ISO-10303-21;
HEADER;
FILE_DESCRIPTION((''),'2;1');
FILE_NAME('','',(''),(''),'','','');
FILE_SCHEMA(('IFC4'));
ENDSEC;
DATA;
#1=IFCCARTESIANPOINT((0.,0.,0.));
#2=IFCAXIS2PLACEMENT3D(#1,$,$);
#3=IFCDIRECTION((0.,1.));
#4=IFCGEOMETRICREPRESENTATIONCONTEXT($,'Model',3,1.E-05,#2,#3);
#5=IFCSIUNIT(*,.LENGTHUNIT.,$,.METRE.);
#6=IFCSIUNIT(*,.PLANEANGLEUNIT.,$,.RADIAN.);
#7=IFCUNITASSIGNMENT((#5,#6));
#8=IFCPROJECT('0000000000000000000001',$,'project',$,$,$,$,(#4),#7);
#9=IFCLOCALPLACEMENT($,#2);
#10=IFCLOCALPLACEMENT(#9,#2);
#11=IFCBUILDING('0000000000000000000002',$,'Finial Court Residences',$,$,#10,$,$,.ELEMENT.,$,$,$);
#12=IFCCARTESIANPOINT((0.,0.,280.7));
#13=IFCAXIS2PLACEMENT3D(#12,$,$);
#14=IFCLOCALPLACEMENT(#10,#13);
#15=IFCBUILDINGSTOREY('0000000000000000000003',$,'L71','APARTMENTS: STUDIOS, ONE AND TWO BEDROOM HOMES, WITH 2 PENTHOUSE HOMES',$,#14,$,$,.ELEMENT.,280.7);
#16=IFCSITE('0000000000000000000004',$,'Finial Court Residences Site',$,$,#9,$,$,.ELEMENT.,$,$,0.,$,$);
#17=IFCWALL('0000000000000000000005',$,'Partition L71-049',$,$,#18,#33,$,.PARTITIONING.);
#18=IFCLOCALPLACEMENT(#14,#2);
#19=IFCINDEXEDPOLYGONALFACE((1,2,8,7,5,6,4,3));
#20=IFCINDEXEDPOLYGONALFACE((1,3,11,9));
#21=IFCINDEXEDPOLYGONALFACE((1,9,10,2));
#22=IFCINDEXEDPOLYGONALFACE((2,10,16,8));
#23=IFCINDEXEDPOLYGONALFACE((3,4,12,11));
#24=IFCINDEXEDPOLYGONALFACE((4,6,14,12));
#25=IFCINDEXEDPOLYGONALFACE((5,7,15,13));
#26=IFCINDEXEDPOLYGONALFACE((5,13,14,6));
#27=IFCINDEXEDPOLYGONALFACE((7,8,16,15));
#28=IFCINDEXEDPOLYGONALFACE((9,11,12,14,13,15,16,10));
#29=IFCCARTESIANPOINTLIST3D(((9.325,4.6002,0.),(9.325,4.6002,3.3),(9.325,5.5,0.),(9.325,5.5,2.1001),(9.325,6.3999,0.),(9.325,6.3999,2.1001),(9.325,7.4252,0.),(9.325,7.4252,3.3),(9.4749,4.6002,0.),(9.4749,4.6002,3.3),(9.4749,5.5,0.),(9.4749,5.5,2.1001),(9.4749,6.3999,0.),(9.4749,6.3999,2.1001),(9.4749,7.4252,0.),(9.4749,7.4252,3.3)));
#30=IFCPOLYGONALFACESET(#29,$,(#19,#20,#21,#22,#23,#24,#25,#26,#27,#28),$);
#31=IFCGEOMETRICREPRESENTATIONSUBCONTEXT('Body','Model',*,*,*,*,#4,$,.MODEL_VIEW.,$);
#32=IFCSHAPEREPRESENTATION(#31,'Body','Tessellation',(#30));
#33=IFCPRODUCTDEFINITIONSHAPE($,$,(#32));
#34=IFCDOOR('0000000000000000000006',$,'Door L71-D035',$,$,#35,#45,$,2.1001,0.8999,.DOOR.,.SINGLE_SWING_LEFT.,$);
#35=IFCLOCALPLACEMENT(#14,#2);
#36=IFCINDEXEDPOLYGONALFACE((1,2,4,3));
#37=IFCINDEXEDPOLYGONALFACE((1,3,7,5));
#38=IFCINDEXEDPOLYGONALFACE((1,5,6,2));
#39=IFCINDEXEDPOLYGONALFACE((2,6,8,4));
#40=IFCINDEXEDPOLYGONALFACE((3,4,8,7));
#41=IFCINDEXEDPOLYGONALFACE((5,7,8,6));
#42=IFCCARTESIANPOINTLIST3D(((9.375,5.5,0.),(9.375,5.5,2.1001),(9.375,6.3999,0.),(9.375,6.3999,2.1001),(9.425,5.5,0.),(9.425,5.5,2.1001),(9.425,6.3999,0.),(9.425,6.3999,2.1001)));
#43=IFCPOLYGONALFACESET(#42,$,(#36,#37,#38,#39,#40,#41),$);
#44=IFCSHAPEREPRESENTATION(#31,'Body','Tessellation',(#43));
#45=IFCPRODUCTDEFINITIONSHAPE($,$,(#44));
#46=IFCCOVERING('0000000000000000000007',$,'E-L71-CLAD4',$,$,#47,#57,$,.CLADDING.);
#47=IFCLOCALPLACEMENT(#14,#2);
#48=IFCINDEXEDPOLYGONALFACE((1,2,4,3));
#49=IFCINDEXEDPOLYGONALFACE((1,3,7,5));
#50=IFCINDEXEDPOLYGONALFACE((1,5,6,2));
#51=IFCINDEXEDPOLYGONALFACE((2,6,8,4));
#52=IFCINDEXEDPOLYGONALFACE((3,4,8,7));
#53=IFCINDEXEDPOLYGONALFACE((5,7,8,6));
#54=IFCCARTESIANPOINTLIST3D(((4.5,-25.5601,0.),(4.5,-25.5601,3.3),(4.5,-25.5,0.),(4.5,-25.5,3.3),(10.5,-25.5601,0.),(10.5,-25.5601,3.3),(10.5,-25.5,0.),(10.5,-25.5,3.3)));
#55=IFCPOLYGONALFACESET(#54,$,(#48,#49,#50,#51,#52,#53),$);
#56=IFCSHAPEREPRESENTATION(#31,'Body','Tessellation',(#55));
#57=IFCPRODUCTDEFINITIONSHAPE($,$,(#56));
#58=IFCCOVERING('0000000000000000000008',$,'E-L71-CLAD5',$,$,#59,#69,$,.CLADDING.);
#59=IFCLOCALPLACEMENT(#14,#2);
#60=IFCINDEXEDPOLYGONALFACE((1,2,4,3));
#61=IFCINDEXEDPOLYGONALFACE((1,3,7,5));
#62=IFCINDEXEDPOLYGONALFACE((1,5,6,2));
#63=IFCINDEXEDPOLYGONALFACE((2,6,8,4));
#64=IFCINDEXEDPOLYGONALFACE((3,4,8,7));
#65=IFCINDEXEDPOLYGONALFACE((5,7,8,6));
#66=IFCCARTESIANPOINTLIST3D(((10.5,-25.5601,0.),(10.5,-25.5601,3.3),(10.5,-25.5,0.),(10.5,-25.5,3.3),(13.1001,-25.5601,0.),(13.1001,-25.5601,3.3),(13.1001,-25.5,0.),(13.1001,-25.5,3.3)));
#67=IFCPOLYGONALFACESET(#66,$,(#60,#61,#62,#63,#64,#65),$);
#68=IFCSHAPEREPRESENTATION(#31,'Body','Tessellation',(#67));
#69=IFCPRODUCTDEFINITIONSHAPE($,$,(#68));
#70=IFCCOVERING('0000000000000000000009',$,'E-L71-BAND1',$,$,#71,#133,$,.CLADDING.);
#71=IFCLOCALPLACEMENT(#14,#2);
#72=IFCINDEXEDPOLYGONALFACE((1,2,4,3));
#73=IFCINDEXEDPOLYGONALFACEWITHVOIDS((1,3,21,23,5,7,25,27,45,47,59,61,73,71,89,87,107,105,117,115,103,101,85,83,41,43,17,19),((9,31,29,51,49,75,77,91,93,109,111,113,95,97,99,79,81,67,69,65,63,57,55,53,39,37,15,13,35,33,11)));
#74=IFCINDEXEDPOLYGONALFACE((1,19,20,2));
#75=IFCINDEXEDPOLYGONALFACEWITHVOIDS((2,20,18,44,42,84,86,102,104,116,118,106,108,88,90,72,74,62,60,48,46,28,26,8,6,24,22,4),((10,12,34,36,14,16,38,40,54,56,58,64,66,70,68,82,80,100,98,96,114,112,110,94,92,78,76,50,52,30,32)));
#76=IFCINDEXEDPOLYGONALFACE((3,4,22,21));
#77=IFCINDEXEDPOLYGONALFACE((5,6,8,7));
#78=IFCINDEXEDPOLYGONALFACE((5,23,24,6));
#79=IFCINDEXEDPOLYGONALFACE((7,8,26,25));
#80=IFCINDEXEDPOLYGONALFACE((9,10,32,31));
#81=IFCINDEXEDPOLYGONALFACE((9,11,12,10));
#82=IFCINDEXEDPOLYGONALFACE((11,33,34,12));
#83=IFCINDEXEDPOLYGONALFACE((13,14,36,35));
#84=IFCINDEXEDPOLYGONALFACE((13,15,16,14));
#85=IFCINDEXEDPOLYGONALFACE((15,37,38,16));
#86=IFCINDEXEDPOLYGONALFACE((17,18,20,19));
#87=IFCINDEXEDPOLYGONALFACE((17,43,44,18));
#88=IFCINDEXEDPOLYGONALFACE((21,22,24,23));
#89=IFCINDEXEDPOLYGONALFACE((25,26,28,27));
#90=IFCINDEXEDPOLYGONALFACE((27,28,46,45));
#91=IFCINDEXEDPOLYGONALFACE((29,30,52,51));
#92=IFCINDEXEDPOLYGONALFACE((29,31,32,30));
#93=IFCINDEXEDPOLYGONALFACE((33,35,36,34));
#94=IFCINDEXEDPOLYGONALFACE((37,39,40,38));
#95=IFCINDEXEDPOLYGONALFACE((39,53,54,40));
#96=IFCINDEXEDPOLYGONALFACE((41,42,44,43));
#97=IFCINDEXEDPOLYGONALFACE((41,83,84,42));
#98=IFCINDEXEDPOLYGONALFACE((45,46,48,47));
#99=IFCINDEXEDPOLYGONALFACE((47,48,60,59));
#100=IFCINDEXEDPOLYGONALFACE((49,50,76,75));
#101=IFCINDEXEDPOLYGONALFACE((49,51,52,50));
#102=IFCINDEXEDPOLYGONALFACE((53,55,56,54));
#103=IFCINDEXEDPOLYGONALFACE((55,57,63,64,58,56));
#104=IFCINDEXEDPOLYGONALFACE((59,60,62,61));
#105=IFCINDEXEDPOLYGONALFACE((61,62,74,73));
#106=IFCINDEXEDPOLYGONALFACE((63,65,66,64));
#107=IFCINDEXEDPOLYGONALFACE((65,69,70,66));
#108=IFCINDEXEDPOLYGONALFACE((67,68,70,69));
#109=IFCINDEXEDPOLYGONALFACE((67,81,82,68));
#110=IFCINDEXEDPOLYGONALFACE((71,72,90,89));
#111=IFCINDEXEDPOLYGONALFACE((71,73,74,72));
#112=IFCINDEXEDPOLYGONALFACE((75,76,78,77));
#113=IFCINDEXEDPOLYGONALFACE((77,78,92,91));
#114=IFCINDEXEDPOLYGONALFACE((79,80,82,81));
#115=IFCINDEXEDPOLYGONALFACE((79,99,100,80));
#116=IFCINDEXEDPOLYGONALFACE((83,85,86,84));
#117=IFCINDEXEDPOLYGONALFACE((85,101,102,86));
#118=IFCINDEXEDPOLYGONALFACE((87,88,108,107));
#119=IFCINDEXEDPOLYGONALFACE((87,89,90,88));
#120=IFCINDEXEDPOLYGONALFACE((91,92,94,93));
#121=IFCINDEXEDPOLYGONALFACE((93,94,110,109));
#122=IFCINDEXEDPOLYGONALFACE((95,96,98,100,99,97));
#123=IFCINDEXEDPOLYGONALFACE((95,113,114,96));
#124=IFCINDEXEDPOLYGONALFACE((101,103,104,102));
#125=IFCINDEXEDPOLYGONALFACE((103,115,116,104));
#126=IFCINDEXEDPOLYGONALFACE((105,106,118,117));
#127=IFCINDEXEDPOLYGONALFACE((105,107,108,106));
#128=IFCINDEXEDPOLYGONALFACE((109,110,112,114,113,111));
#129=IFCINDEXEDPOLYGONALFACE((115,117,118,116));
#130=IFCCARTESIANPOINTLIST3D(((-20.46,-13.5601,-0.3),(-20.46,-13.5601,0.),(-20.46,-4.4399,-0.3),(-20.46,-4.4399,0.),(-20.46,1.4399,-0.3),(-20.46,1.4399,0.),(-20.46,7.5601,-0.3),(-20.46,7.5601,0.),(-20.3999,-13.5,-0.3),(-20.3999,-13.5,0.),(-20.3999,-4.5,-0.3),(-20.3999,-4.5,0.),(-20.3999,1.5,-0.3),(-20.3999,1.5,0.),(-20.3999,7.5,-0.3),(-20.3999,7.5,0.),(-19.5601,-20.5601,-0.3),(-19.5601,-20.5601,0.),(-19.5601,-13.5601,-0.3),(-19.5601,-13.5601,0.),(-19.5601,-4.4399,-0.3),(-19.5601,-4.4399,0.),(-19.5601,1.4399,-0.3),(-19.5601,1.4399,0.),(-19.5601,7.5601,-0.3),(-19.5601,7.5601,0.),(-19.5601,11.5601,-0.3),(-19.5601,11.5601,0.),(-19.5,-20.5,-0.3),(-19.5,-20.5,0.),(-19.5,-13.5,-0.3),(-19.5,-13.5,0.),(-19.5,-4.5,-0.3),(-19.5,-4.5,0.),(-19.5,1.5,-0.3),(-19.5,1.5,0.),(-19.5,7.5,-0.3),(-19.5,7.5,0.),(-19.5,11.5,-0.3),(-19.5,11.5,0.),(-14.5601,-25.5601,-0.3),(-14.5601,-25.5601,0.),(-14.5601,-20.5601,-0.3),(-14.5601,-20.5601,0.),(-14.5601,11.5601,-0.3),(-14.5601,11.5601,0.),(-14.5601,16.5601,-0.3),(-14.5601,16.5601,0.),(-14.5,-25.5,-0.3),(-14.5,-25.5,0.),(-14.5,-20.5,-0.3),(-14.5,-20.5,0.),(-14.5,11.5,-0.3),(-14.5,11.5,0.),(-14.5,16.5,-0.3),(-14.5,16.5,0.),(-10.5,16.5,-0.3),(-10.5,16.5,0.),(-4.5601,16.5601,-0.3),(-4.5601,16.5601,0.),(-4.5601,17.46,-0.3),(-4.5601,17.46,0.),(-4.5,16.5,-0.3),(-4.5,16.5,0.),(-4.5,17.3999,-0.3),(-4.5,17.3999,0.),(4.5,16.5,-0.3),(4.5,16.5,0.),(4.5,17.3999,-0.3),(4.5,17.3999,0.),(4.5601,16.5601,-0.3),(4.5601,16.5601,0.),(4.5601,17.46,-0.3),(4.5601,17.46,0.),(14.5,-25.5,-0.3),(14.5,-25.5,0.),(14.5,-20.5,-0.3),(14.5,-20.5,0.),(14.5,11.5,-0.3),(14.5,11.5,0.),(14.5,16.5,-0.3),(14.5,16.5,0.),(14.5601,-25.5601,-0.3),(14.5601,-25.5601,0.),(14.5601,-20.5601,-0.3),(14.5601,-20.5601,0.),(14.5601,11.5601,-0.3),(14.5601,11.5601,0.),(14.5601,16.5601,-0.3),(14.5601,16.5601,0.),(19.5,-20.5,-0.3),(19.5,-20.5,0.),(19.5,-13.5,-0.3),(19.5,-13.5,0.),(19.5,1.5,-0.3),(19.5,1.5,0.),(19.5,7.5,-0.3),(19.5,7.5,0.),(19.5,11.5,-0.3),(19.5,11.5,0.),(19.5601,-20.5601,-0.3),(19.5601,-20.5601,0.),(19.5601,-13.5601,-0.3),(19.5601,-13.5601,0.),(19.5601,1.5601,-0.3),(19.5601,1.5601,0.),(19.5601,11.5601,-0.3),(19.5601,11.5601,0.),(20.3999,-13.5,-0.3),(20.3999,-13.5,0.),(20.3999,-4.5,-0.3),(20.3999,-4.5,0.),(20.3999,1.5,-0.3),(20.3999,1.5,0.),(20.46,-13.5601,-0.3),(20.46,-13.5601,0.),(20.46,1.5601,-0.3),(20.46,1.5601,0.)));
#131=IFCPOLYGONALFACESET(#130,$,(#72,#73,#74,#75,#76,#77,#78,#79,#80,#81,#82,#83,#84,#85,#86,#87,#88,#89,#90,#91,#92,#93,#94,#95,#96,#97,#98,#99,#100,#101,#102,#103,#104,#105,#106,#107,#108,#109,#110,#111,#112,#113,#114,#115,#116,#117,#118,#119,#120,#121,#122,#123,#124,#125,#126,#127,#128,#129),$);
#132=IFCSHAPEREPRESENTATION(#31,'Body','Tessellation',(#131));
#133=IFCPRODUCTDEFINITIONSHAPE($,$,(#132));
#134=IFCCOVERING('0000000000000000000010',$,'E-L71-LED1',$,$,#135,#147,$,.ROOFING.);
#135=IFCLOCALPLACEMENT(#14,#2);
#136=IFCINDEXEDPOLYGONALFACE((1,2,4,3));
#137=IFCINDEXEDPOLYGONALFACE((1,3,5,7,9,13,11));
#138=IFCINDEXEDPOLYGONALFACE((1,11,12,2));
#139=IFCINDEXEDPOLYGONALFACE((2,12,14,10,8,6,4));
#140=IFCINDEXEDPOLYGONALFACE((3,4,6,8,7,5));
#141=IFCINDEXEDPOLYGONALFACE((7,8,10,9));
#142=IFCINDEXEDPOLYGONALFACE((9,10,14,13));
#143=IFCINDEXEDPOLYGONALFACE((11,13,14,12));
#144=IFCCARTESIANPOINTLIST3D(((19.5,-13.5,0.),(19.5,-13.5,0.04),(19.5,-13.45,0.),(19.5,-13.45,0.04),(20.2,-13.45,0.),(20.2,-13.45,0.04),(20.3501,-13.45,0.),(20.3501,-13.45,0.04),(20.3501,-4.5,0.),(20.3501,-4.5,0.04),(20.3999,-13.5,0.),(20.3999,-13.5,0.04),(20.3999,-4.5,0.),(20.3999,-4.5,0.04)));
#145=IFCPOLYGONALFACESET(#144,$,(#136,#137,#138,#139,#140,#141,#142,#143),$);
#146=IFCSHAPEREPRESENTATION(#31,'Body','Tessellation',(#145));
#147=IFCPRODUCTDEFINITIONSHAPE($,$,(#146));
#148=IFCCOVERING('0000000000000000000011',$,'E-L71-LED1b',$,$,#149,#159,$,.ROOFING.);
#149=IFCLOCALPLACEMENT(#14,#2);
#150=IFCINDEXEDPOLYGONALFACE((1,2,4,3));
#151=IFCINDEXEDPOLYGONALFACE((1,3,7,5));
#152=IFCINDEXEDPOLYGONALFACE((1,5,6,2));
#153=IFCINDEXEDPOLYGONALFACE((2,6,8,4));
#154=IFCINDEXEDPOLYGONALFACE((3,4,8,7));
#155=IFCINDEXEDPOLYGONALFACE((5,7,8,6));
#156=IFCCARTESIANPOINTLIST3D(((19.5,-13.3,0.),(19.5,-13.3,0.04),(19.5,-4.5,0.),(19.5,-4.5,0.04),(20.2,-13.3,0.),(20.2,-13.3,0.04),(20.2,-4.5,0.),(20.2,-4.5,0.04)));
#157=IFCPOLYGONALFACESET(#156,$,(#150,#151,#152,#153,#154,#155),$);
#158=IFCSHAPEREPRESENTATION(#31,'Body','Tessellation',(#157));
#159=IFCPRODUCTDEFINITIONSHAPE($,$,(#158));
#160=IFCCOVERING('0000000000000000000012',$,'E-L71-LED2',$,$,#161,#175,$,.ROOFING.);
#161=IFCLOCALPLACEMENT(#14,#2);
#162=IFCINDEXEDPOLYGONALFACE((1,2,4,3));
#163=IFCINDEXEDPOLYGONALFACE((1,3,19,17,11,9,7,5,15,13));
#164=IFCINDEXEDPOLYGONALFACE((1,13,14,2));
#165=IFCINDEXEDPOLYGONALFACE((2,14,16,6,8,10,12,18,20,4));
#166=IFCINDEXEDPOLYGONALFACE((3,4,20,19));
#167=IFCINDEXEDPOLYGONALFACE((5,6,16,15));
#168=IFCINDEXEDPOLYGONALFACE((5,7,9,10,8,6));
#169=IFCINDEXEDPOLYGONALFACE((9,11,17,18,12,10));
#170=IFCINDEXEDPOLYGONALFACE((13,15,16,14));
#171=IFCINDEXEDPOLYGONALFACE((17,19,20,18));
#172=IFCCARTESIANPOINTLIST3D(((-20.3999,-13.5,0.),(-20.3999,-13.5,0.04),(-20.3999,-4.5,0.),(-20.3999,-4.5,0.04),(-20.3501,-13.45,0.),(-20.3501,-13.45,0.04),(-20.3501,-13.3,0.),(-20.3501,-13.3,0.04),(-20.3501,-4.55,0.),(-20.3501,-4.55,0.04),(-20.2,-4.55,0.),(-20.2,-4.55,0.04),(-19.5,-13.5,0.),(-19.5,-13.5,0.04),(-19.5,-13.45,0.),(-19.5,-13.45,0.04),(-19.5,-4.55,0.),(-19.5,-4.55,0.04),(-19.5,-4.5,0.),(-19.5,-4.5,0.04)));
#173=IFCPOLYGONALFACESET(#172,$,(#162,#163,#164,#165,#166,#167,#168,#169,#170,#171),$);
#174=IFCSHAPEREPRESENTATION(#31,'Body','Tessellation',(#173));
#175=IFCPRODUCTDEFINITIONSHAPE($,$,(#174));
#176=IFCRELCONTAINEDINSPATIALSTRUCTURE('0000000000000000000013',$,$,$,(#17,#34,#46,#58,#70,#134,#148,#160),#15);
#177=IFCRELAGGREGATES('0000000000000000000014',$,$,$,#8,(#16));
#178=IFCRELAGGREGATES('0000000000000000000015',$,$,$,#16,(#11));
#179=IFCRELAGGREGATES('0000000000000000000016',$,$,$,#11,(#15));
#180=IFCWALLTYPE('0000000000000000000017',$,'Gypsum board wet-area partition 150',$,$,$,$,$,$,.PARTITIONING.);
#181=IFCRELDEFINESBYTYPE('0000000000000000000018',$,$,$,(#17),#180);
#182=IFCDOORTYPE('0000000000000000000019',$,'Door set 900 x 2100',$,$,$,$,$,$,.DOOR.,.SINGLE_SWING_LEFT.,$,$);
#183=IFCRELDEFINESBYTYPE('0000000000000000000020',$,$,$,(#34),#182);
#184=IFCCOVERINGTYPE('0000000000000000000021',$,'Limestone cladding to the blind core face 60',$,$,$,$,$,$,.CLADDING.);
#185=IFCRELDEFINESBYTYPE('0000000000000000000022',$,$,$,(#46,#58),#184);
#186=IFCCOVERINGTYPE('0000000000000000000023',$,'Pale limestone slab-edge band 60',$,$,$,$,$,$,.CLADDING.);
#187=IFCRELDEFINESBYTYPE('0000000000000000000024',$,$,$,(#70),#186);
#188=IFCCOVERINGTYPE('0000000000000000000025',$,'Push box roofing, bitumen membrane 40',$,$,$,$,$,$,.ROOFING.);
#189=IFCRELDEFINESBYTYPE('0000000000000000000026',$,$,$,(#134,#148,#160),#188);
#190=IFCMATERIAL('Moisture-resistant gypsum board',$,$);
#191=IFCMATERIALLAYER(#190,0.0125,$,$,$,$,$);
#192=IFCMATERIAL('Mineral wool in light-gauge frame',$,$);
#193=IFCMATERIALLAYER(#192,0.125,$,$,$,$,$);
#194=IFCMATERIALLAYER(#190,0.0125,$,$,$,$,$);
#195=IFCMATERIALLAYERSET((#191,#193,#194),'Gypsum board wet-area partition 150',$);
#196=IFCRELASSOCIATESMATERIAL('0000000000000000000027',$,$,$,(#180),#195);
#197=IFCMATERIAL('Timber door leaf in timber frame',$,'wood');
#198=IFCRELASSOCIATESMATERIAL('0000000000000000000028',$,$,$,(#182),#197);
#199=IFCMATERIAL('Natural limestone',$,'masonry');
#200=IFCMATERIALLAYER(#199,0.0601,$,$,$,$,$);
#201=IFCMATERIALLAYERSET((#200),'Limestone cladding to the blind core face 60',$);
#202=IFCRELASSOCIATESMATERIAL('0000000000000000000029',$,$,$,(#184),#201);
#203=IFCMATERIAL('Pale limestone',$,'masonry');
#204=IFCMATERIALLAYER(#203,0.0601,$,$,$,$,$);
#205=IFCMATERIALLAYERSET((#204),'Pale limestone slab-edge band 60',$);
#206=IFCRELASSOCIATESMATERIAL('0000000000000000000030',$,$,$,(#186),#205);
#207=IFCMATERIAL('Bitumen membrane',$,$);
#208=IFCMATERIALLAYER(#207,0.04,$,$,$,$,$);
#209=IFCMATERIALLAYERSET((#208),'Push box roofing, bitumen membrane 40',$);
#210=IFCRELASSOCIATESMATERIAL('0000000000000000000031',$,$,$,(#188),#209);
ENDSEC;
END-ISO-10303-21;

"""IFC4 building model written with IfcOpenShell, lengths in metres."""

from ifc_helpers import new_model, si_unit, direction, frame, frame_2d, origin, place, context, subcontext, project, spatial, polyline, rectangle, outline, extrude, material, layer, layer_set, type_object, element, fill, save


model = new_model("IFC4")

# Units and contexts
model_context = context("Model", 3, precision=1e-05, world=origin(), true_north=direction((0.0, 1.0)))
body_context = subcontext(model_context, "Body", "Model", "MODEL_VIEW")
ifc_project = project(units=[si_unit("LENGTHUNIT", "METRE"), si_unit("PLANEANGLEUNIT", "RADIAN")], contexts=[model_context])

# Site, building, storey
site_placement = place(None, origin())
site = spatial("IfcSite", under=ifc_project, at=site_placement, Name="Finial Court Residences Site", CompositionType="ELEMENT", RefElevation=0.0)
building_placement = place(site_placement, origin())
building = spatial("IfcBuilding", under=site, at=building_placement, Name="Finial Court Residences", CompositionType="ELEMENT")
storey_placement = place(building_placement, frame((0.0, 0.0, 280.7)))
storey = spatial("IfcBuildingStorey", under=building, at=storey_placement, Name="L71", Description="APARTMENTS: STUDIOS, ONE AND TWO BEDROOM HOMES, WITH 2 PENTHOUSE HOMES", CompositionType="ELEMENT", Elevation=280.7)

# Wall, opening, door
ifc_material_1 = material(Name="Moisture-resistant gypsum board")
ifc_layer_1 = layer(ifc_material_1, 0.0125)
ifc_material_2 = material(Name="Mineral wool in light-gauge frame")
ifc_layer_2 = layer(ifc_material_2, 0.125)
ifc_layer_3 = layer(ifc_material_1, 0.0125)
ifc_layer_set_1 = layer_set([ifc_layer_1, ifc_layer_2, ifc_layer_3], Name="Gypsum board wet-area partition 150")
wall_type_1 = type_object("IfcWallType", Name="Gypsum board wet-area partition 150", PredefinedType="PARTITIONING", material=ifc_layer_set_1)
ifc_material_3 = material(Name="Timber door leaf in timber frame", Category="wood")
door_type = type_object("IfcDoorType", Name="Door set 900 x 2100", OperationType="SINGLE_SWING_LEFT", PredefinedType="DOOR", material=ifc_material_3)
wall_1_placement = place(storey_placement, frame((9.3999, 4.6001, 0.0), z_axis=(0.0, 0.0, 1.0), x_axis=(0.0, 1.0, 0.0)))
wall_1 = element("IfcWall", 1, at=wall_1_placement, inside=storey, type_object=wall_type_1, Name="Partition L71-049", PredefinedType="PARTITIONING", context=body_context, shape_type="SweptSolid", body=[
    extrude(rectangle(XDim=2.825, YDim=0.1499, at=frame_2d((1.4126, 0.0))), origin(), (0.0, 0.0, 1.0), 3.3),
])
opening_1_placement = place(wall_1_placement, frame((0.8999, 0.0, 0.0)))
opening_1 = element("IfcOpeningElement", 2, at=opening_1_placement, cuts=wall_1, PredefinedType="OPENING", context=body_context, shape_type="SweptSolid", body=[
    extrude(rectangle(XDim=0.8999, YDim=2.1001, at=frame_2d((0.45, 1.05))), frame((0.0, 0.085, 0.0), z_axis=(0.0, -1.0, 0.0), x_axis=(1.0, 0.0, 0.0)), (0.0, 0.0, 1.0), 0.1699),
])
door_1_placement = place(opening_1_placement, origin())
door_1 = element("IfcDoor", 3, at=door_1_placement, inside=storey, type_object=door_type, Name="Door L71-D035", OperationType="SINGLE_SWING_LEFT", OverallHeight=2.1001, OverallWidth=0.8999, PredefinedType="DOOR", context=body_context, shape_type="SweptSolid", body=[
    extrude(rectangle(XDim=0.8999, YDim=2.1001, at=frame_2d((0.45, 1.05))), frame((0.0, 0.0249, 0.0), z_axis=(0.0, -1.0, 0.0), x_axis=(1.0, 0.0, 0.0)), (0.0, 0.0, 1.0), 0.05),
])
fill(opening_1, door_1)

# Coverings
ifc_material_4 = material(Name="Natural limestone", Category="masonry")
ifc_layer_4 = layer(ifc_material_4, 0.0601)
ifc_layer_set_2 = layer_set([ifc_layer_4], Name="Limestone cladding to the blind core face 60")
covering_type_1 = type_object("IfcCoveringType", Name="Limestone cladding to the blind core face 60", PredefinedType="CLADDING", material=ifc_layer_set_2)
covering_1_placement = place(storey_placement, origin())
element("IfcCovering", 4, at=covering_1_placement, inside=storey, type_object=covering_type_1, Name="E-L71-CLAD4", PredefinedType="CLADDING", context=body_context, shape_type="SweptSolid", body=[
    extrude(outline(polyline([(10.5, -25.5601), (10.5, -25.5), (4.5, -25.5), (4.5, -25.5601), (10.5, -25.5601)])), origin(), (0.0, 0.0, 1.0), 3.3),
])
covering_2_placement = place(storey_placement, origin())
element("IfcCovering", 5, at=covering_2_placement, inside=storey, type_object=covering_type_1, Name="E-L71-CLAD5", PredefinedType="CLADDING", context=body_context, shape_type="SweptSolid", body=[
    extrude(outline(polyline([(13.1001, -25.5601), (13.1001, -25.5), (10.5, -25.5), (10.5, -25.5601), (13.1001, -25.5601)])), origin(), (0.0, 0.0, 1.0), 3.3),
])
ifc_material_5 = material(Name="Pale limestone", Category="masonry")
ifc_layer_5 = layer(ifc_material_5, 0.0601)
ifc_layer_set_3 = layer_set([ifc_layer_5], Name="Pale limestone slab-edge band 60")
covering_type_2 = type_object("IfcCoveringType", Name="Pale limestone slab-edge band 60", PredefinedType="CLADDING", material=ifc_layer_set_3)
covering_3_placement = place(storey_placement, frame((0.0, 0.0, -0.3)))
element("IfcCovering", 6, at=covering_3_placement, inside=storey, type_object=covering_type_2, Name="E-L71-BAND1", PredefinedType="CLADDING", context=body_context, shape_type="SweptSolid", body=[
    extrude(outline(polyline([(-20.46, -4.4399), (-19.5601, -4.4399), (-19.5601, 1.4399), (-20.46, 1.4399), (-20.46, 7.5601), (-19.5601, 7.5601), (-19.5601, 11.5601), (-14.5601, 11.5601), (-14.5601, 16.5601), (-4.5601, 16.5601), (-4.5601, 17.46), (4.5601, 17.46), (4.5601, 16.5601), (14.5601, 16.5601), (14.5601, 11.5601), (19.5601, 11.5601), (19.5601, 1.5601), (20.46, 1.5601), (20.46, -13.5601), (19.5601, -13.5601), (19.5601, -20.5601), (14.5601, -20.5601), (14.5601, -25.5601), (-14.5601, -25.5601), (-14.5601, -20.5601), (-19.5601, -20.5601), (-19.5601, -13.5601), (-20.46, -13.5601), (-20.46, -4.4399)]), holes=[polyline([(-19.5, -13.5), (-19.5, -20.5), (-14.5, -20.5), (-14.5, -25.5), (14.5, -25.5), (14.5, -20.5), (19.5, -20.5), (19.5, -13.5), (20.3999, -13.5), (20.3999, -4.5), (20.3999, 1.5), (19.5, 1.5), (19.5, 7.5), (19.5, 11.5), (14.5, 11.5), (14.5, 16.5), (4.5, 16.5), (4.5, 17.3999), (-4.5, 17.3999), (-4.5, 16.5), (-10.5, 16.5), (-14.5, 16.5), (-14.5, 11.5), (-19.5, 11.5), (-19.5, 7.5), (-20.3999, 7.5), (-20.3999, 1.5), (-19.5, 1.5), (-19.5, -4.5), (-20.3999, -4.5), (-20.3999, -13.5), (-19.5, -13.5)])]), origin(), (0.0, 0.0, 1.0), 0.3),
])
ifc_material_6 = material(Name="Bitumen membrane")
ifc_layer_6 = layer(ifc_material_6, 0.04)
ifc_layer_set_4 = layer_set([ifc_layer_6], Name="Push box roofing, bitumen membrane 40")
covering_type_3 = type_object("IfcCoveringType", Name="Push box roofing, bitumen membrane 40", PredefinedType="ROOFING", material=ifc_layer_set_4)
covering_4_placement = place(storey_placement, origin())
element("IfcCovering", 7, at=covering_4_placement, inside=storey, type_object=covering_type_3, Name="E-L71-LED1", PredefinedType="ROOFING", context=body_context, shape_type="SweptSolid", body=[
    extrude(outline(polyline([(19.5, -13.45), (20.2, -13.45), (20.3501, -13.45), (20.3501, -4.5), (20.3999, -4.5), (20.3999, -13.5), (19.5, -13.5), (19.5, -13.45)])), origin(), (0.0, 0.0, 1.0), 0.04),
])
covering_5_placement = place(storey_placement, origin())
element("IfcCovering", 8, at=covering_5_placement, inside=storey, type_object=covering_type_3, Name="E-L71-LED1b", PredefinedType="ROOFING", context=body_context, shape_type="SweptSolid", body=[
    extrude(outline(polyline([(19.5, -4.5), (20.2, -4.5), (20.2, -13.3), (19.5, -13.3), (19.5, -4.5)])), origin(), (0.0, 0.0, 1.0), 0.04),
])
covering_6_placement = place(storey_placement, origin())
element("IfcCovering", 9, at=covering_6_placement, inside=storey, type_object=covering_type_3, Name="E-L71-LED2", PredefinedType="ROOFING", context=body_context, shape_type="SweptSolid", body=[
    extrude(outline(polyline([(-19.5, -4.55), (-20.2, -4.55), (-20.3501, -4.55), (-20.3501, -13.3), (-20.3501, -13.3), (-20.3501, -13.45), (-19.5, -13.45), (-19.5, -13.5), (-20.3999, -13.5), (-20.3999, -4.5), (-19.5, -4.5), (-19.5, -4.55)])), origin(), (0.0, 0.0, 1.0), 0.04),
])

save(model, "model.ifc")
